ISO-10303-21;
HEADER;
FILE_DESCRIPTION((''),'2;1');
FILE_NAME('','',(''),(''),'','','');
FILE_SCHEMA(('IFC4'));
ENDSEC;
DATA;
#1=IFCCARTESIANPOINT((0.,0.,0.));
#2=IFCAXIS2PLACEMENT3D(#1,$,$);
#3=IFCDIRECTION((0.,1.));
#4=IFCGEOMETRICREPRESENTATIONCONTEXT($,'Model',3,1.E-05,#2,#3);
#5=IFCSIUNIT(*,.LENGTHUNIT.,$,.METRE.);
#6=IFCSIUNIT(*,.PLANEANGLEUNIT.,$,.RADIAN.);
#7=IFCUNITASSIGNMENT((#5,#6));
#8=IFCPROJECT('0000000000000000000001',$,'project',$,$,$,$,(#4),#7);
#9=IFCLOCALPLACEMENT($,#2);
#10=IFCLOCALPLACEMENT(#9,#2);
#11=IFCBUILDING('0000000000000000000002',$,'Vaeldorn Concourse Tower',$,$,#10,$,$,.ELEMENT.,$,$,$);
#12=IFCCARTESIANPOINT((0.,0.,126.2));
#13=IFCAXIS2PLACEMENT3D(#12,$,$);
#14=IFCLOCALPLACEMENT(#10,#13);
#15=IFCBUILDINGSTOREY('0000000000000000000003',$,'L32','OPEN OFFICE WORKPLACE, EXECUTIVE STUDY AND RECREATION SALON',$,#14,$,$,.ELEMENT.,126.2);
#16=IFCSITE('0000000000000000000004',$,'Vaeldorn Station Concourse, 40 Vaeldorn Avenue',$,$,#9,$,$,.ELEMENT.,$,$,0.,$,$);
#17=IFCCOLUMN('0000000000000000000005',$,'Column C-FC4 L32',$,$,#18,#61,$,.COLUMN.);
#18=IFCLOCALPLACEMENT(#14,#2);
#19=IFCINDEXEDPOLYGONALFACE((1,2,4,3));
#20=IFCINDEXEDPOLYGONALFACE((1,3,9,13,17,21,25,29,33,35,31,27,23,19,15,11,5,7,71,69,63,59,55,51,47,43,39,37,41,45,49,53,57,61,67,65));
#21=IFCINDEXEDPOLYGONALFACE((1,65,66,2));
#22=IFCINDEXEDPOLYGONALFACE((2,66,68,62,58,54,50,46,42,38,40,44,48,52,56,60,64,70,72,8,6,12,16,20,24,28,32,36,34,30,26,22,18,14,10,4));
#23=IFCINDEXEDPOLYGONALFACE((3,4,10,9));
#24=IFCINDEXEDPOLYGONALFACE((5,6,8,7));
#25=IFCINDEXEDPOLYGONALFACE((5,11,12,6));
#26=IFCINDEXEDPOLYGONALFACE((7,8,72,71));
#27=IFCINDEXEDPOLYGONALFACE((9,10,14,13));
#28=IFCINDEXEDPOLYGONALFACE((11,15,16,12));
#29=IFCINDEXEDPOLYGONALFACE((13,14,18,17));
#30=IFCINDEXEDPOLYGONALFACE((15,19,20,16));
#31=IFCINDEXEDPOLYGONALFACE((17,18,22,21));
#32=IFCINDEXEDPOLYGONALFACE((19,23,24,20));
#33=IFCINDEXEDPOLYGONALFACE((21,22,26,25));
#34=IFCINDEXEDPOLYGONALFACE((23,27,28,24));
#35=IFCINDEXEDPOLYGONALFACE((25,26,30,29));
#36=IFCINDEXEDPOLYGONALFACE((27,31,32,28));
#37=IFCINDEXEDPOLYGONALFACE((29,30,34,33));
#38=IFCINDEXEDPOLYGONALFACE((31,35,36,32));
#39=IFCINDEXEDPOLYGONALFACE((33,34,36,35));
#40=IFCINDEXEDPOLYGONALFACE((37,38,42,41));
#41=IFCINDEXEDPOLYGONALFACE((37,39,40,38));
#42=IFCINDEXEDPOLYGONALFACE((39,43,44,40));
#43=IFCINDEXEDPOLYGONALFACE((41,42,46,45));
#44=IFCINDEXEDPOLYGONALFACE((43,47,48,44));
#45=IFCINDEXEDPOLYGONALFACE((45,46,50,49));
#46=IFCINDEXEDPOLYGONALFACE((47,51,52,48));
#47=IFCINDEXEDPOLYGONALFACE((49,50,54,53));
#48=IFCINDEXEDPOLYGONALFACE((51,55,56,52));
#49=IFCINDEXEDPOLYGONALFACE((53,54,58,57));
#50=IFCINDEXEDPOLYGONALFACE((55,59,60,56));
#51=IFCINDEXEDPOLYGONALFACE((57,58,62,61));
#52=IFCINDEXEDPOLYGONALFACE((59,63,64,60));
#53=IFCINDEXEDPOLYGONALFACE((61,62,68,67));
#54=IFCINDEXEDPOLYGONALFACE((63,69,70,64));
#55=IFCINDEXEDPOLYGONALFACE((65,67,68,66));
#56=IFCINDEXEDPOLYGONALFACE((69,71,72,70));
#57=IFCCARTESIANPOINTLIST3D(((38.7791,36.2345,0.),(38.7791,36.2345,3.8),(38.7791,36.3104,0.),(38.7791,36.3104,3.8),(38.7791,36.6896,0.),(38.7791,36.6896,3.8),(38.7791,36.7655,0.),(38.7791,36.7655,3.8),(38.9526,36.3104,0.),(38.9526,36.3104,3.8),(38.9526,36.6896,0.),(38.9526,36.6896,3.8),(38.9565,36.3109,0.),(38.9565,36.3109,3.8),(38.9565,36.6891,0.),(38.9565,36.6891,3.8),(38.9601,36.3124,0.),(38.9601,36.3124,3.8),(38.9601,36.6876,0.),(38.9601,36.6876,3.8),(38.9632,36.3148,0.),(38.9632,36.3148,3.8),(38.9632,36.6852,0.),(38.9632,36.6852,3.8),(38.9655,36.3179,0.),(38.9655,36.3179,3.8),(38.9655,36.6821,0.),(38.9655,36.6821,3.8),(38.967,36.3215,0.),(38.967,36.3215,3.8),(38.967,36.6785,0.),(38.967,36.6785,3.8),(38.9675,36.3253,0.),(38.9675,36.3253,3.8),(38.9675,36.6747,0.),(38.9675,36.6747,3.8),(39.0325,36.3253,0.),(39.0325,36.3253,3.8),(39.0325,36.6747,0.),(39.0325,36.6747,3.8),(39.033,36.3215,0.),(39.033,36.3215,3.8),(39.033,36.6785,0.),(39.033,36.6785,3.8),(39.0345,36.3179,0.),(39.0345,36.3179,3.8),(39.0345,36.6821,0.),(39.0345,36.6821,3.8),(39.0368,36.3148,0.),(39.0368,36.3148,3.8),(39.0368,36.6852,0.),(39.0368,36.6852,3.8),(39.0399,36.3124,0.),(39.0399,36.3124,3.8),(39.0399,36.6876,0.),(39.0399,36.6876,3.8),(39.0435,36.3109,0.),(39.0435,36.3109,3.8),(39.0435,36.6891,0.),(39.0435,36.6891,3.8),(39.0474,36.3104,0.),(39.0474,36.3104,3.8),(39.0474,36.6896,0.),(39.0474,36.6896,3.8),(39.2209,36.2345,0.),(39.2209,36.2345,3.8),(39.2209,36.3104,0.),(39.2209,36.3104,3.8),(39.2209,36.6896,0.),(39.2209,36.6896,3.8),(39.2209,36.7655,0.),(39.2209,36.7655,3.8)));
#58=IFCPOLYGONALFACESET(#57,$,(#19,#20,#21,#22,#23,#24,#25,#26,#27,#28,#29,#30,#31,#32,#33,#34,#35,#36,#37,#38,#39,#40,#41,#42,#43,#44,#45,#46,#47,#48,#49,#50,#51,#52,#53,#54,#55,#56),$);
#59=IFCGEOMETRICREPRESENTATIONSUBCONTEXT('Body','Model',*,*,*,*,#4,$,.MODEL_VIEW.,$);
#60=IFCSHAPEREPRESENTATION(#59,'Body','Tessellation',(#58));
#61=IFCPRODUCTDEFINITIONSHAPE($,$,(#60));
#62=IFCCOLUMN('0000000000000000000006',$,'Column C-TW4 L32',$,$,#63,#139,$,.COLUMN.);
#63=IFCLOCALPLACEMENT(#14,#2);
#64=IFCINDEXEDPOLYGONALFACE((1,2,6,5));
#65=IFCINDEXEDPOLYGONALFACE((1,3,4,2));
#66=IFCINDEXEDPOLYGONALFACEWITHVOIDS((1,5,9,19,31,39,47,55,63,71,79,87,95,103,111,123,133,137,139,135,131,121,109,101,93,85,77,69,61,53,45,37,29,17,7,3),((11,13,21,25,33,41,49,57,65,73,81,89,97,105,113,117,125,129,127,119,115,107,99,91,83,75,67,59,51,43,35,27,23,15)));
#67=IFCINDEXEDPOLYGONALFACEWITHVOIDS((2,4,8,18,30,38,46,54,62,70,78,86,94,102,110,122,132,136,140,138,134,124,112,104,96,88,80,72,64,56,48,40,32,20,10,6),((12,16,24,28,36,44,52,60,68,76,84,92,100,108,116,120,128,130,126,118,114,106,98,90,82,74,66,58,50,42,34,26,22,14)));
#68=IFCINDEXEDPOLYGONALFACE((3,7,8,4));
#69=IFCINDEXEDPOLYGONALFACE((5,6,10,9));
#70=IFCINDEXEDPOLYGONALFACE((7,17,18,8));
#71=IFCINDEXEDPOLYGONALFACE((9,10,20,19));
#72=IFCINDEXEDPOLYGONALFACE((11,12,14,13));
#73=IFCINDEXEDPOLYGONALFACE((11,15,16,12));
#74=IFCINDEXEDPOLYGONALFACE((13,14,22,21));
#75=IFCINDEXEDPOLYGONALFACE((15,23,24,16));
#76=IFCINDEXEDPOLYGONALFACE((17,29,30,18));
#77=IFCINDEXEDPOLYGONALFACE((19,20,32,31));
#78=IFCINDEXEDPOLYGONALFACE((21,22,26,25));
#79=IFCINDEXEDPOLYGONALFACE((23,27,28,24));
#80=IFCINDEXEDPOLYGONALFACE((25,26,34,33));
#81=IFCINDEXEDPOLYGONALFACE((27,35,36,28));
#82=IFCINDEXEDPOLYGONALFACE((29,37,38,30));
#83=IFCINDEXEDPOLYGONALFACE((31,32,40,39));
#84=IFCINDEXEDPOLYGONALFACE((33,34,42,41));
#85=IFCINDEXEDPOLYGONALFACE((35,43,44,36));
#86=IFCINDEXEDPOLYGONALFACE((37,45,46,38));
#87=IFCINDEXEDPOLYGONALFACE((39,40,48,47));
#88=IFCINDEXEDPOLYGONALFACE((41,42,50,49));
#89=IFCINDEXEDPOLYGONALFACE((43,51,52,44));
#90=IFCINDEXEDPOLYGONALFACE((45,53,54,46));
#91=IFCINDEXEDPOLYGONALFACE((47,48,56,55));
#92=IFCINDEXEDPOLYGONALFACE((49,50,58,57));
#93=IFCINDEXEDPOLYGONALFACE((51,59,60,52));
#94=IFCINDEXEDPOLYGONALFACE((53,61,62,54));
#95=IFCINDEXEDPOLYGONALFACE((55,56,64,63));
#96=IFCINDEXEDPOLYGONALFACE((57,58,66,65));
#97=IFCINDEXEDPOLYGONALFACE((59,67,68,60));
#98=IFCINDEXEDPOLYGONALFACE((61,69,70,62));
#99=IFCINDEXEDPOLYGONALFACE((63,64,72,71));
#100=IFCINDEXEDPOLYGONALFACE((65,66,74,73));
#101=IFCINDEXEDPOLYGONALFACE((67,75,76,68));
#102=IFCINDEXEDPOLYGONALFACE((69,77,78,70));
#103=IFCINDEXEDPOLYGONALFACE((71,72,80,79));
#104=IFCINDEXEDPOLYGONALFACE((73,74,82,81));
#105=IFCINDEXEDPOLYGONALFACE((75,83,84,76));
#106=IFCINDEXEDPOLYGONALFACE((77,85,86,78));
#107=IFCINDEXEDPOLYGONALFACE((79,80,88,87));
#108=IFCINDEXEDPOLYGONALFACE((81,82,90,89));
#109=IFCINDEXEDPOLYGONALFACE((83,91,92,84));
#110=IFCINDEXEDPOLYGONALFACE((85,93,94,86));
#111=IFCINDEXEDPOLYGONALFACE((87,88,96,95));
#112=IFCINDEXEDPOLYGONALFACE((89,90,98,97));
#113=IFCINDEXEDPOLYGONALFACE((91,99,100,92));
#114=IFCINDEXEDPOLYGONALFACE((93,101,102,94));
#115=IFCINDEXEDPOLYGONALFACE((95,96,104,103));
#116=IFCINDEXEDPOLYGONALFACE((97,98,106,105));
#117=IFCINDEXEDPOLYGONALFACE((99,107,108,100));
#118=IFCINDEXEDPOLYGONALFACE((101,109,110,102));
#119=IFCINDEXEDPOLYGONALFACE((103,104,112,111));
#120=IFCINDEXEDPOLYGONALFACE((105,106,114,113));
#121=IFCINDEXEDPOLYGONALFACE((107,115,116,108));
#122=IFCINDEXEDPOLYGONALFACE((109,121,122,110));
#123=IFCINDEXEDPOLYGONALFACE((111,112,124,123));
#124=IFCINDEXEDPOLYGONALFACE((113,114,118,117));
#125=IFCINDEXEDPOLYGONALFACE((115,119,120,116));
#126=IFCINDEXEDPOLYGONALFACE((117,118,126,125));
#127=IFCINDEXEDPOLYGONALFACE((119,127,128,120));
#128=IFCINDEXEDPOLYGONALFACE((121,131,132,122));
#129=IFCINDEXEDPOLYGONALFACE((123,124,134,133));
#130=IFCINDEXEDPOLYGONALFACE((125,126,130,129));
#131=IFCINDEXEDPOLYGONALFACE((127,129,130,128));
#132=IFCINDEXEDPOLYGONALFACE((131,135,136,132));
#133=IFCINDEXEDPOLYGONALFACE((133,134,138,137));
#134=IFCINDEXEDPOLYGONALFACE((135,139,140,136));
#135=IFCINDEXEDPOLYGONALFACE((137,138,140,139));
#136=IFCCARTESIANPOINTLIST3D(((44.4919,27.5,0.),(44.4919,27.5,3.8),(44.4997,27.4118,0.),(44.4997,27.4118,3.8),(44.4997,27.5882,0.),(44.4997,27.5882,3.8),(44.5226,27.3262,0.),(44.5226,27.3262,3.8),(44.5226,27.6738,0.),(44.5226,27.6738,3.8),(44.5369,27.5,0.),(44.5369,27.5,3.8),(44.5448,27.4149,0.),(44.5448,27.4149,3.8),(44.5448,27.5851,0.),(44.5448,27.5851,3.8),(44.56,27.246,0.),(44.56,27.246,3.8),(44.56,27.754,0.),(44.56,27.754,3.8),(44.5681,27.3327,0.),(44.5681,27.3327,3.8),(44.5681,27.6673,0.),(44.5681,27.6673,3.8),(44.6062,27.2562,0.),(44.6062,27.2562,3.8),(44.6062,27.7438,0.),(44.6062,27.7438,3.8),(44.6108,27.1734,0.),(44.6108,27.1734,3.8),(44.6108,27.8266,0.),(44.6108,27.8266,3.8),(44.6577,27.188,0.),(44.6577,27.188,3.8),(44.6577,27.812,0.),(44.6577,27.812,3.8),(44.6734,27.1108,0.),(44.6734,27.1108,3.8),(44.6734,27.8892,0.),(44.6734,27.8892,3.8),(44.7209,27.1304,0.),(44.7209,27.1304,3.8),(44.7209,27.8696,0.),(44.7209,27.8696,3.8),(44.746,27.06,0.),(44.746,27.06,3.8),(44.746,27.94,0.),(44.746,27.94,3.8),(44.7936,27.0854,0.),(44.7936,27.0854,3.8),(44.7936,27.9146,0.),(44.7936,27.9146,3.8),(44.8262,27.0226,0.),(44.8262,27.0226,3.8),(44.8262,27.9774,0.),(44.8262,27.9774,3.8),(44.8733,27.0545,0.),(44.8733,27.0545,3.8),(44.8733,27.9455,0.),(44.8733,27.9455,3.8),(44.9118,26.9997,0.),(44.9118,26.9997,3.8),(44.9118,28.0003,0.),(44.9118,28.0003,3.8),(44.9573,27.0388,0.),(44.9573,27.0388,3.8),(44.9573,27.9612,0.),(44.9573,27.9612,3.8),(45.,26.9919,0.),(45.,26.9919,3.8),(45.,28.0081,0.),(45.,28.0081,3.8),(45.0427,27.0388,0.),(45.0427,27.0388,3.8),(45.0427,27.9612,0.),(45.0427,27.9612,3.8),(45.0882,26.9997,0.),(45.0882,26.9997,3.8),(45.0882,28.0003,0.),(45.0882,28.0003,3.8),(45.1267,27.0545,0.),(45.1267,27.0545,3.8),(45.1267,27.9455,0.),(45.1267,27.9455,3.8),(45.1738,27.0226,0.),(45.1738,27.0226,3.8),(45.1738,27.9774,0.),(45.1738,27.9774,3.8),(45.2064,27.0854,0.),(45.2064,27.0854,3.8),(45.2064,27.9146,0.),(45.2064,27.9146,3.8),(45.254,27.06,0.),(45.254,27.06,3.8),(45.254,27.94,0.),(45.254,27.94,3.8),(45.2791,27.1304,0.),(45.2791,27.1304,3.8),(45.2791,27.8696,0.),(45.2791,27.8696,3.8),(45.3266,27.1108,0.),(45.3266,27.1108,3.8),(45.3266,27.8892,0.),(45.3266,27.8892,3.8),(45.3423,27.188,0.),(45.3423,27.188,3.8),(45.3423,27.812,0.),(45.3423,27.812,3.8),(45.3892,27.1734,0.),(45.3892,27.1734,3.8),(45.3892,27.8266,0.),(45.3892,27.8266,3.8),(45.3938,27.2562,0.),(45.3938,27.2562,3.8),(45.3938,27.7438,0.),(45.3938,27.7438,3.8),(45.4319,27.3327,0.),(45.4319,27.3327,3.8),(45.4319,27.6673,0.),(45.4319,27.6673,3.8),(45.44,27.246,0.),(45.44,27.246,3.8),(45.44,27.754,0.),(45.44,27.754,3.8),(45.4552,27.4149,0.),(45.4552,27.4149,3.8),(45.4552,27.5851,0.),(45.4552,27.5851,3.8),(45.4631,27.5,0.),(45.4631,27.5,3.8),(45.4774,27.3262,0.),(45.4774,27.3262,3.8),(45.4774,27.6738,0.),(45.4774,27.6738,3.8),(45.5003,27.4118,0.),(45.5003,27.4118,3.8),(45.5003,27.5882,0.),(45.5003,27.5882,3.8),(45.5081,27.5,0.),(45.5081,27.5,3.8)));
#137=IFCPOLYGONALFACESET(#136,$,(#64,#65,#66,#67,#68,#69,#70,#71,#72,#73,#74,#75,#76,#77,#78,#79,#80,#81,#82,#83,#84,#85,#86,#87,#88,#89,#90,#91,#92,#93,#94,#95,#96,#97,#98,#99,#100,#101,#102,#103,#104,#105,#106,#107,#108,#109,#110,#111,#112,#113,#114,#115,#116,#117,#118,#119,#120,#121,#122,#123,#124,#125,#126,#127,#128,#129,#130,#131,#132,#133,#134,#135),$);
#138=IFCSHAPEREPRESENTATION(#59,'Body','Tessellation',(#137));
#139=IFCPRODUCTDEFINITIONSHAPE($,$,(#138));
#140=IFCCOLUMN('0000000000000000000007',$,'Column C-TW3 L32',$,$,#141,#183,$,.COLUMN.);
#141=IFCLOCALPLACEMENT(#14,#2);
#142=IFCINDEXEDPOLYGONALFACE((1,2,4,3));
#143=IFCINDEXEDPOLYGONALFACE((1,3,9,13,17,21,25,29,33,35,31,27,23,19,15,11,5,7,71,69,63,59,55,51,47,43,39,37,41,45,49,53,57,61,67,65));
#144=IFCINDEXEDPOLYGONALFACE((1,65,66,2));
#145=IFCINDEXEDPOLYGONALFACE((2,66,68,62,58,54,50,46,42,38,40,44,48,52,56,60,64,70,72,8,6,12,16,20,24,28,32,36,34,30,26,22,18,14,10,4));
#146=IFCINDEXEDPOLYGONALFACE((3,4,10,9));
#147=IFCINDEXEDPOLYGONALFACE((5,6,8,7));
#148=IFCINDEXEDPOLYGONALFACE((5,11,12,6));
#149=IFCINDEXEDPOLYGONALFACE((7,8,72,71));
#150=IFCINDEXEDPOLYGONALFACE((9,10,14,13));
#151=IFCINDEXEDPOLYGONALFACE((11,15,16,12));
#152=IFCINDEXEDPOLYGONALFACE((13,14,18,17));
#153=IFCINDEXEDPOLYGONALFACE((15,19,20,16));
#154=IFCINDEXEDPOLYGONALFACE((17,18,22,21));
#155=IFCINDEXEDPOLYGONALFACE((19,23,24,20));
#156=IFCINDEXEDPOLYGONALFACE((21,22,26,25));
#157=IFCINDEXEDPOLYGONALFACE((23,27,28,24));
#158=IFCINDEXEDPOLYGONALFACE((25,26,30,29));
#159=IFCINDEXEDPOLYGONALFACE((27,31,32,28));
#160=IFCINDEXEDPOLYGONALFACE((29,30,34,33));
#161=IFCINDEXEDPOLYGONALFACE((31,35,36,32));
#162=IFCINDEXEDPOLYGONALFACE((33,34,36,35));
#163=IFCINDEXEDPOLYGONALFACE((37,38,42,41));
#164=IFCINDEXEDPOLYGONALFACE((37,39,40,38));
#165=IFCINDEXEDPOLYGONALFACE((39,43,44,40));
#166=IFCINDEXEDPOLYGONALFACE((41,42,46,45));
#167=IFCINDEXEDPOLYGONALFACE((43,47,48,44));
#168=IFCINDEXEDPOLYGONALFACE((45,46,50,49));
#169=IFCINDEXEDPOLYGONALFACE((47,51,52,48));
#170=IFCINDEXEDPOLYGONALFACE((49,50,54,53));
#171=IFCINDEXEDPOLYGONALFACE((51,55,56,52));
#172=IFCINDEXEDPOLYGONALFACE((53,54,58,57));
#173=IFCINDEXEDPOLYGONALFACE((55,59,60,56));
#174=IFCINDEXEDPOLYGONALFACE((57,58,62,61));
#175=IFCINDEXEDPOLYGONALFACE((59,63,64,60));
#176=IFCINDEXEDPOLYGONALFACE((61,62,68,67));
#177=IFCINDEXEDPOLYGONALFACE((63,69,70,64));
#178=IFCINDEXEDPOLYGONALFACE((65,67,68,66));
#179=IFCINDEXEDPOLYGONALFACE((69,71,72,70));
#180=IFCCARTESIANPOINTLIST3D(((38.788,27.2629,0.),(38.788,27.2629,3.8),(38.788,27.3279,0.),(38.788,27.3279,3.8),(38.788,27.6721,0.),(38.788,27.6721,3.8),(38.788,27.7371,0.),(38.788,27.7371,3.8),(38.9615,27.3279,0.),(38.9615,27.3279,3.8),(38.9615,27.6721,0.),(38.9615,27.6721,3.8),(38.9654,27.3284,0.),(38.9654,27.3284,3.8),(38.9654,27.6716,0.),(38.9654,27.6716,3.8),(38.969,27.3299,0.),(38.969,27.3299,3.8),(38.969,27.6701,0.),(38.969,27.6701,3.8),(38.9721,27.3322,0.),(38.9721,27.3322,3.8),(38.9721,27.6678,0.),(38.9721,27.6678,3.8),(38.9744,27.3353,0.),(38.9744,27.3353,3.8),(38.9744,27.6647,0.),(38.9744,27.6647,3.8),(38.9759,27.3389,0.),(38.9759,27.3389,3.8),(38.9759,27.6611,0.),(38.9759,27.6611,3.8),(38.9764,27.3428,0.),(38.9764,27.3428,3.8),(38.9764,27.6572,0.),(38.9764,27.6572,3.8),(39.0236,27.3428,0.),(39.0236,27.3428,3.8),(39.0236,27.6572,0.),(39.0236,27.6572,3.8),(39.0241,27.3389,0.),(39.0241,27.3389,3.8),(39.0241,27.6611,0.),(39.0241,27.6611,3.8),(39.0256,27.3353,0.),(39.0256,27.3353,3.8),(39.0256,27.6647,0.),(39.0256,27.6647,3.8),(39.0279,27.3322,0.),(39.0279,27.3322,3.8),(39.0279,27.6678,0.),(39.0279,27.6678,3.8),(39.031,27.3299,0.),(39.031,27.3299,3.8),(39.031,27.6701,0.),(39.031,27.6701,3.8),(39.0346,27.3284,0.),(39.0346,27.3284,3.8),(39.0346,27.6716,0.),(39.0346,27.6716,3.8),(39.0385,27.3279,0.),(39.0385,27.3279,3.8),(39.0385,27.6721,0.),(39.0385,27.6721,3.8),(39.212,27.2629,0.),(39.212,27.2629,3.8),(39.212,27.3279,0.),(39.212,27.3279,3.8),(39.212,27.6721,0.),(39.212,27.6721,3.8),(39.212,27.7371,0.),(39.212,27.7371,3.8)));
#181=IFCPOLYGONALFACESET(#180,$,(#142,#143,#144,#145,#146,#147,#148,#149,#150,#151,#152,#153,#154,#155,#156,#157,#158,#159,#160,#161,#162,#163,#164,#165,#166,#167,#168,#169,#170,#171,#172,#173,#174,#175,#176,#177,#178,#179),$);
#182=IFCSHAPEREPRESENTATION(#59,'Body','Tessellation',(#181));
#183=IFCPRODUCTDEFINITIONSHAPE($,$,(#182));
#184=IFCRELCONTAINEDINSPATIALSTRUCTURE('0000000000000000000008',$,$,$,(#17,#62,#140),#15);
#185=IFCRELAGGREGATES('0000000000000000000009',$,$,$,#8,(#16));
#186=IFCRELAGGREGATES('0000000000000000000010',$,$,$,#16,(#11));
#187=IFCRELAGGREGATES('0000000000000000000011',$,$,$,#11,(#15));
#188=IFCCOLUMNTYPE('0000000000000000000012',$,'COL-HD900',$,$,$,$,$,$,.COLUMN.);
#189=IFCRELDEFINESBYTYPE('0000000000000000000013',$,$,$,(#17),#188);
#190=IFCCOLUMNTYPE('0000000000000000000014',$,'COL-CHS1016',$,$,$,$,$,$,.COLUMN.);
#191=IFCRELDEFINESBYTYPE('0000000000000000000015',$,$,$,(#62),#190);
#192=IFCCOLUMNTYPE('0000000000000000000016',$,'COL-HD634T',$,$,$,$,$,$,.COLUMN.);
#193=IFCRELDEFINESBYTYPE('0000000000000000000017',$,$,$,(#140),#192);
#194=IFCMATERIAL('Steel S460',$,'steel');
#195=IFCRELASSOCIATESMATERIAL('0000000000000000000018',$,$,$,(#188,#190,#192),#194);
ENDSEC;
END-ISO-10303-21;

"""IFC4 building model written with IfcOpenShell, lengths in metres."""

from ifc_helpers import new_model, si_unit, direction, frame, origin, origin_2d, place, context, subcontext, project, spatial, hollow_circle, i_section, extrude, source, transform, mapped, material, material_profile, profile_set, type_object, element, save


model = new_model("IFC4")

# Units and contexts
model_context = context("Model", 3, precision=1e-05, world=origin(), true_north=direction((0.0, 1.0)))
body_context = subcontext(model_context, "Body", "Model", "MODEL_VIEW")
ifc_project = project(units=[si_unit("LENGTHUNIT", "METRE"), si_unit("PLANEANGLEUNIT", "RADIAN")], contexts=[model_context])

# Site, building, storey
site_placement = place(None, origin())
site = spatial("IfcSite", under=ifc_project, at=site_placement, Name="Vaeldorn Station Concourse, 40 Vaeldorn Avenue", CompositionType="ELEMENT", RefElevation=0.0)
building_placement = place(site_placement, origin())
building = spatial("IfcBuilding", under=site, at=building_placement, Name="Vaeldorn Concourse Tower", CompositionType="ELEMENT")
storey_placement = place(building_placement, frame((0.0, 0.0, 126.2)))
storey = spatial("IfcBuildingStorey", under=building, at=storey_placement, Name="L32", Description="OPEN OFFICE WORKPLACE, EXECUTIVE STUDY AND RECREATION SALON", CompositionType="ELEMENT", Elevation=126.2)

# Columns
ifc_material_1 = material(Name="Steel S460", Category="steel")
ifc_material_profile_1 = material_profile(ifc_material_1, i_section(OverallWidth=0.4419, OverallDepth=0.531, WebThickness=0.0649, FlangeThickness=0.0759, FilletRadius=0.0149, at=origin_2d()), Name="HD 400x900")
ifc_profile_set_1 = profile_set([ifc_material_profile_1], Name="Steel S460")
column_type_1 = type_object("IfcColumnType", Name="COL-HD900", PredefinedType="COLUMN", material=ifc_profile_set_1)
shared_shape_1 = source(origin(), body_context, "Body", "SweptSolid", [
    extrude(i_section(OverallWidth=0.4419, OverallDepth=0.531, WebThickness=0.0649, FlangeThickness=0.0759, FilletRadius=0.0149, at=origin_2d()), origin(), (0.0, 0.0, 1.0), 3.8),
])
column_1_placement = place(storey_placement, frame((39.0, 36.5, 0.0), z_axis=(0.0, 0.0, 1.0), x_axis=(1.0, 0.0, 0.0)))
element("IfcColumn", 1, at=column_1_placement, inside=storey, type_object=column_type_1, Name="Column C-FC4 L32", PredefinedType="COLUMN", context=body_context, shape_type="MappedRepresentation", body=[
    mapped(shared_shape_1, transform((0.0, 0.0, 0.0), scale=1.0)),
])
ifc_material_profile_2 = material_profile(ifc_material_1, hollow_circle(Radius=0.5081, WallThickness=0.0449, at=origin_2d()), Name="CHS 1016x45")
ifc_profile_set_2 = profile_set([ifc_material_profile_2], Name="Steel S460")
column_type_2 = type_object("IfcColumnType", Name="COL-CHS1016", PredefinedType="COLUMN", material=ifc_profile_set_2)
shared_shape_2 = source(origin(), body_context, "Body", "SweptSolid", [
    extrude(hollow_circle(Radius=0.5081, WallThickness=0.0449, at=origin_2d()), origin(), (0.0, 0.0, 1.0), 3.8),
])
column_2_placement = place(storey_placement, frame((45.0, 27.5, 0.0), z_axis=(0.0, 0.0, 1.0), x_axis=(1.0, 0.0, 0.0)))
element("IfcColumn", 2, at=column_2_placement, inside=storey, type_object=column_type_2, Name="Column C-TW4 L32", PredefinedType="COLUMN", context=body_context, shape_type="MappedRepresentation", body=[
    mapped(shared_shape_2, transform((0.0, 0.0, 0.0), scale=1.0)),
])
ifc_material_profile_3 = material_profile(ifc_material_1, i_section(OverallWidth=0.4241, OverallDepth=0.4741, WebThickness=0.0471, FlangeThickness=0.0649, FilletRadius=0.0149, at=origin_2d()), Name="HD 400x634")
ifc_profile_set_3 = profile_set([ifc_material_profile_3], Name="Steel S460")
column_type_3 = type_object("IfcColumnType", Name="COL-HD634T", PredefinedType="COLUMN", material=ifc_profile_set_3)
shared_shape_3 = source(origin(), body_context, "Body", "SweptSolid", [
    extrude(i_section(OverallWidth=0.4241, OverallDepth=0.4741, WebThickness=0.0471, FlangeThickness=0.0649, FilletRadius=0.0149, at=origin_2d()), origin(), (0.0, 0.0, 1.0), 3.8),
])
for number, where, z_axis, x_axis, name in (
    (3, (39.0, 27.5, 0.0), (0.0, 0.0, 1.0), (1.0, 0.0, 0.0), "Column C-TW3 L32"),
):
    element("IfcColumn", number, at=place(storey_placement, frame(where, z_axis=z_axis, x_axis=x_axis)), inside=storey, type_object=column_type_3, Name=name, PredefinedType="COLUMN", context=body_context, shape_type="MappedRepresentation", body=[
        mapped(shared_shape_3, transform((0.0, 0.0, 0.0), scale=1.0)),
    ])

save(model, "model.ifc")
